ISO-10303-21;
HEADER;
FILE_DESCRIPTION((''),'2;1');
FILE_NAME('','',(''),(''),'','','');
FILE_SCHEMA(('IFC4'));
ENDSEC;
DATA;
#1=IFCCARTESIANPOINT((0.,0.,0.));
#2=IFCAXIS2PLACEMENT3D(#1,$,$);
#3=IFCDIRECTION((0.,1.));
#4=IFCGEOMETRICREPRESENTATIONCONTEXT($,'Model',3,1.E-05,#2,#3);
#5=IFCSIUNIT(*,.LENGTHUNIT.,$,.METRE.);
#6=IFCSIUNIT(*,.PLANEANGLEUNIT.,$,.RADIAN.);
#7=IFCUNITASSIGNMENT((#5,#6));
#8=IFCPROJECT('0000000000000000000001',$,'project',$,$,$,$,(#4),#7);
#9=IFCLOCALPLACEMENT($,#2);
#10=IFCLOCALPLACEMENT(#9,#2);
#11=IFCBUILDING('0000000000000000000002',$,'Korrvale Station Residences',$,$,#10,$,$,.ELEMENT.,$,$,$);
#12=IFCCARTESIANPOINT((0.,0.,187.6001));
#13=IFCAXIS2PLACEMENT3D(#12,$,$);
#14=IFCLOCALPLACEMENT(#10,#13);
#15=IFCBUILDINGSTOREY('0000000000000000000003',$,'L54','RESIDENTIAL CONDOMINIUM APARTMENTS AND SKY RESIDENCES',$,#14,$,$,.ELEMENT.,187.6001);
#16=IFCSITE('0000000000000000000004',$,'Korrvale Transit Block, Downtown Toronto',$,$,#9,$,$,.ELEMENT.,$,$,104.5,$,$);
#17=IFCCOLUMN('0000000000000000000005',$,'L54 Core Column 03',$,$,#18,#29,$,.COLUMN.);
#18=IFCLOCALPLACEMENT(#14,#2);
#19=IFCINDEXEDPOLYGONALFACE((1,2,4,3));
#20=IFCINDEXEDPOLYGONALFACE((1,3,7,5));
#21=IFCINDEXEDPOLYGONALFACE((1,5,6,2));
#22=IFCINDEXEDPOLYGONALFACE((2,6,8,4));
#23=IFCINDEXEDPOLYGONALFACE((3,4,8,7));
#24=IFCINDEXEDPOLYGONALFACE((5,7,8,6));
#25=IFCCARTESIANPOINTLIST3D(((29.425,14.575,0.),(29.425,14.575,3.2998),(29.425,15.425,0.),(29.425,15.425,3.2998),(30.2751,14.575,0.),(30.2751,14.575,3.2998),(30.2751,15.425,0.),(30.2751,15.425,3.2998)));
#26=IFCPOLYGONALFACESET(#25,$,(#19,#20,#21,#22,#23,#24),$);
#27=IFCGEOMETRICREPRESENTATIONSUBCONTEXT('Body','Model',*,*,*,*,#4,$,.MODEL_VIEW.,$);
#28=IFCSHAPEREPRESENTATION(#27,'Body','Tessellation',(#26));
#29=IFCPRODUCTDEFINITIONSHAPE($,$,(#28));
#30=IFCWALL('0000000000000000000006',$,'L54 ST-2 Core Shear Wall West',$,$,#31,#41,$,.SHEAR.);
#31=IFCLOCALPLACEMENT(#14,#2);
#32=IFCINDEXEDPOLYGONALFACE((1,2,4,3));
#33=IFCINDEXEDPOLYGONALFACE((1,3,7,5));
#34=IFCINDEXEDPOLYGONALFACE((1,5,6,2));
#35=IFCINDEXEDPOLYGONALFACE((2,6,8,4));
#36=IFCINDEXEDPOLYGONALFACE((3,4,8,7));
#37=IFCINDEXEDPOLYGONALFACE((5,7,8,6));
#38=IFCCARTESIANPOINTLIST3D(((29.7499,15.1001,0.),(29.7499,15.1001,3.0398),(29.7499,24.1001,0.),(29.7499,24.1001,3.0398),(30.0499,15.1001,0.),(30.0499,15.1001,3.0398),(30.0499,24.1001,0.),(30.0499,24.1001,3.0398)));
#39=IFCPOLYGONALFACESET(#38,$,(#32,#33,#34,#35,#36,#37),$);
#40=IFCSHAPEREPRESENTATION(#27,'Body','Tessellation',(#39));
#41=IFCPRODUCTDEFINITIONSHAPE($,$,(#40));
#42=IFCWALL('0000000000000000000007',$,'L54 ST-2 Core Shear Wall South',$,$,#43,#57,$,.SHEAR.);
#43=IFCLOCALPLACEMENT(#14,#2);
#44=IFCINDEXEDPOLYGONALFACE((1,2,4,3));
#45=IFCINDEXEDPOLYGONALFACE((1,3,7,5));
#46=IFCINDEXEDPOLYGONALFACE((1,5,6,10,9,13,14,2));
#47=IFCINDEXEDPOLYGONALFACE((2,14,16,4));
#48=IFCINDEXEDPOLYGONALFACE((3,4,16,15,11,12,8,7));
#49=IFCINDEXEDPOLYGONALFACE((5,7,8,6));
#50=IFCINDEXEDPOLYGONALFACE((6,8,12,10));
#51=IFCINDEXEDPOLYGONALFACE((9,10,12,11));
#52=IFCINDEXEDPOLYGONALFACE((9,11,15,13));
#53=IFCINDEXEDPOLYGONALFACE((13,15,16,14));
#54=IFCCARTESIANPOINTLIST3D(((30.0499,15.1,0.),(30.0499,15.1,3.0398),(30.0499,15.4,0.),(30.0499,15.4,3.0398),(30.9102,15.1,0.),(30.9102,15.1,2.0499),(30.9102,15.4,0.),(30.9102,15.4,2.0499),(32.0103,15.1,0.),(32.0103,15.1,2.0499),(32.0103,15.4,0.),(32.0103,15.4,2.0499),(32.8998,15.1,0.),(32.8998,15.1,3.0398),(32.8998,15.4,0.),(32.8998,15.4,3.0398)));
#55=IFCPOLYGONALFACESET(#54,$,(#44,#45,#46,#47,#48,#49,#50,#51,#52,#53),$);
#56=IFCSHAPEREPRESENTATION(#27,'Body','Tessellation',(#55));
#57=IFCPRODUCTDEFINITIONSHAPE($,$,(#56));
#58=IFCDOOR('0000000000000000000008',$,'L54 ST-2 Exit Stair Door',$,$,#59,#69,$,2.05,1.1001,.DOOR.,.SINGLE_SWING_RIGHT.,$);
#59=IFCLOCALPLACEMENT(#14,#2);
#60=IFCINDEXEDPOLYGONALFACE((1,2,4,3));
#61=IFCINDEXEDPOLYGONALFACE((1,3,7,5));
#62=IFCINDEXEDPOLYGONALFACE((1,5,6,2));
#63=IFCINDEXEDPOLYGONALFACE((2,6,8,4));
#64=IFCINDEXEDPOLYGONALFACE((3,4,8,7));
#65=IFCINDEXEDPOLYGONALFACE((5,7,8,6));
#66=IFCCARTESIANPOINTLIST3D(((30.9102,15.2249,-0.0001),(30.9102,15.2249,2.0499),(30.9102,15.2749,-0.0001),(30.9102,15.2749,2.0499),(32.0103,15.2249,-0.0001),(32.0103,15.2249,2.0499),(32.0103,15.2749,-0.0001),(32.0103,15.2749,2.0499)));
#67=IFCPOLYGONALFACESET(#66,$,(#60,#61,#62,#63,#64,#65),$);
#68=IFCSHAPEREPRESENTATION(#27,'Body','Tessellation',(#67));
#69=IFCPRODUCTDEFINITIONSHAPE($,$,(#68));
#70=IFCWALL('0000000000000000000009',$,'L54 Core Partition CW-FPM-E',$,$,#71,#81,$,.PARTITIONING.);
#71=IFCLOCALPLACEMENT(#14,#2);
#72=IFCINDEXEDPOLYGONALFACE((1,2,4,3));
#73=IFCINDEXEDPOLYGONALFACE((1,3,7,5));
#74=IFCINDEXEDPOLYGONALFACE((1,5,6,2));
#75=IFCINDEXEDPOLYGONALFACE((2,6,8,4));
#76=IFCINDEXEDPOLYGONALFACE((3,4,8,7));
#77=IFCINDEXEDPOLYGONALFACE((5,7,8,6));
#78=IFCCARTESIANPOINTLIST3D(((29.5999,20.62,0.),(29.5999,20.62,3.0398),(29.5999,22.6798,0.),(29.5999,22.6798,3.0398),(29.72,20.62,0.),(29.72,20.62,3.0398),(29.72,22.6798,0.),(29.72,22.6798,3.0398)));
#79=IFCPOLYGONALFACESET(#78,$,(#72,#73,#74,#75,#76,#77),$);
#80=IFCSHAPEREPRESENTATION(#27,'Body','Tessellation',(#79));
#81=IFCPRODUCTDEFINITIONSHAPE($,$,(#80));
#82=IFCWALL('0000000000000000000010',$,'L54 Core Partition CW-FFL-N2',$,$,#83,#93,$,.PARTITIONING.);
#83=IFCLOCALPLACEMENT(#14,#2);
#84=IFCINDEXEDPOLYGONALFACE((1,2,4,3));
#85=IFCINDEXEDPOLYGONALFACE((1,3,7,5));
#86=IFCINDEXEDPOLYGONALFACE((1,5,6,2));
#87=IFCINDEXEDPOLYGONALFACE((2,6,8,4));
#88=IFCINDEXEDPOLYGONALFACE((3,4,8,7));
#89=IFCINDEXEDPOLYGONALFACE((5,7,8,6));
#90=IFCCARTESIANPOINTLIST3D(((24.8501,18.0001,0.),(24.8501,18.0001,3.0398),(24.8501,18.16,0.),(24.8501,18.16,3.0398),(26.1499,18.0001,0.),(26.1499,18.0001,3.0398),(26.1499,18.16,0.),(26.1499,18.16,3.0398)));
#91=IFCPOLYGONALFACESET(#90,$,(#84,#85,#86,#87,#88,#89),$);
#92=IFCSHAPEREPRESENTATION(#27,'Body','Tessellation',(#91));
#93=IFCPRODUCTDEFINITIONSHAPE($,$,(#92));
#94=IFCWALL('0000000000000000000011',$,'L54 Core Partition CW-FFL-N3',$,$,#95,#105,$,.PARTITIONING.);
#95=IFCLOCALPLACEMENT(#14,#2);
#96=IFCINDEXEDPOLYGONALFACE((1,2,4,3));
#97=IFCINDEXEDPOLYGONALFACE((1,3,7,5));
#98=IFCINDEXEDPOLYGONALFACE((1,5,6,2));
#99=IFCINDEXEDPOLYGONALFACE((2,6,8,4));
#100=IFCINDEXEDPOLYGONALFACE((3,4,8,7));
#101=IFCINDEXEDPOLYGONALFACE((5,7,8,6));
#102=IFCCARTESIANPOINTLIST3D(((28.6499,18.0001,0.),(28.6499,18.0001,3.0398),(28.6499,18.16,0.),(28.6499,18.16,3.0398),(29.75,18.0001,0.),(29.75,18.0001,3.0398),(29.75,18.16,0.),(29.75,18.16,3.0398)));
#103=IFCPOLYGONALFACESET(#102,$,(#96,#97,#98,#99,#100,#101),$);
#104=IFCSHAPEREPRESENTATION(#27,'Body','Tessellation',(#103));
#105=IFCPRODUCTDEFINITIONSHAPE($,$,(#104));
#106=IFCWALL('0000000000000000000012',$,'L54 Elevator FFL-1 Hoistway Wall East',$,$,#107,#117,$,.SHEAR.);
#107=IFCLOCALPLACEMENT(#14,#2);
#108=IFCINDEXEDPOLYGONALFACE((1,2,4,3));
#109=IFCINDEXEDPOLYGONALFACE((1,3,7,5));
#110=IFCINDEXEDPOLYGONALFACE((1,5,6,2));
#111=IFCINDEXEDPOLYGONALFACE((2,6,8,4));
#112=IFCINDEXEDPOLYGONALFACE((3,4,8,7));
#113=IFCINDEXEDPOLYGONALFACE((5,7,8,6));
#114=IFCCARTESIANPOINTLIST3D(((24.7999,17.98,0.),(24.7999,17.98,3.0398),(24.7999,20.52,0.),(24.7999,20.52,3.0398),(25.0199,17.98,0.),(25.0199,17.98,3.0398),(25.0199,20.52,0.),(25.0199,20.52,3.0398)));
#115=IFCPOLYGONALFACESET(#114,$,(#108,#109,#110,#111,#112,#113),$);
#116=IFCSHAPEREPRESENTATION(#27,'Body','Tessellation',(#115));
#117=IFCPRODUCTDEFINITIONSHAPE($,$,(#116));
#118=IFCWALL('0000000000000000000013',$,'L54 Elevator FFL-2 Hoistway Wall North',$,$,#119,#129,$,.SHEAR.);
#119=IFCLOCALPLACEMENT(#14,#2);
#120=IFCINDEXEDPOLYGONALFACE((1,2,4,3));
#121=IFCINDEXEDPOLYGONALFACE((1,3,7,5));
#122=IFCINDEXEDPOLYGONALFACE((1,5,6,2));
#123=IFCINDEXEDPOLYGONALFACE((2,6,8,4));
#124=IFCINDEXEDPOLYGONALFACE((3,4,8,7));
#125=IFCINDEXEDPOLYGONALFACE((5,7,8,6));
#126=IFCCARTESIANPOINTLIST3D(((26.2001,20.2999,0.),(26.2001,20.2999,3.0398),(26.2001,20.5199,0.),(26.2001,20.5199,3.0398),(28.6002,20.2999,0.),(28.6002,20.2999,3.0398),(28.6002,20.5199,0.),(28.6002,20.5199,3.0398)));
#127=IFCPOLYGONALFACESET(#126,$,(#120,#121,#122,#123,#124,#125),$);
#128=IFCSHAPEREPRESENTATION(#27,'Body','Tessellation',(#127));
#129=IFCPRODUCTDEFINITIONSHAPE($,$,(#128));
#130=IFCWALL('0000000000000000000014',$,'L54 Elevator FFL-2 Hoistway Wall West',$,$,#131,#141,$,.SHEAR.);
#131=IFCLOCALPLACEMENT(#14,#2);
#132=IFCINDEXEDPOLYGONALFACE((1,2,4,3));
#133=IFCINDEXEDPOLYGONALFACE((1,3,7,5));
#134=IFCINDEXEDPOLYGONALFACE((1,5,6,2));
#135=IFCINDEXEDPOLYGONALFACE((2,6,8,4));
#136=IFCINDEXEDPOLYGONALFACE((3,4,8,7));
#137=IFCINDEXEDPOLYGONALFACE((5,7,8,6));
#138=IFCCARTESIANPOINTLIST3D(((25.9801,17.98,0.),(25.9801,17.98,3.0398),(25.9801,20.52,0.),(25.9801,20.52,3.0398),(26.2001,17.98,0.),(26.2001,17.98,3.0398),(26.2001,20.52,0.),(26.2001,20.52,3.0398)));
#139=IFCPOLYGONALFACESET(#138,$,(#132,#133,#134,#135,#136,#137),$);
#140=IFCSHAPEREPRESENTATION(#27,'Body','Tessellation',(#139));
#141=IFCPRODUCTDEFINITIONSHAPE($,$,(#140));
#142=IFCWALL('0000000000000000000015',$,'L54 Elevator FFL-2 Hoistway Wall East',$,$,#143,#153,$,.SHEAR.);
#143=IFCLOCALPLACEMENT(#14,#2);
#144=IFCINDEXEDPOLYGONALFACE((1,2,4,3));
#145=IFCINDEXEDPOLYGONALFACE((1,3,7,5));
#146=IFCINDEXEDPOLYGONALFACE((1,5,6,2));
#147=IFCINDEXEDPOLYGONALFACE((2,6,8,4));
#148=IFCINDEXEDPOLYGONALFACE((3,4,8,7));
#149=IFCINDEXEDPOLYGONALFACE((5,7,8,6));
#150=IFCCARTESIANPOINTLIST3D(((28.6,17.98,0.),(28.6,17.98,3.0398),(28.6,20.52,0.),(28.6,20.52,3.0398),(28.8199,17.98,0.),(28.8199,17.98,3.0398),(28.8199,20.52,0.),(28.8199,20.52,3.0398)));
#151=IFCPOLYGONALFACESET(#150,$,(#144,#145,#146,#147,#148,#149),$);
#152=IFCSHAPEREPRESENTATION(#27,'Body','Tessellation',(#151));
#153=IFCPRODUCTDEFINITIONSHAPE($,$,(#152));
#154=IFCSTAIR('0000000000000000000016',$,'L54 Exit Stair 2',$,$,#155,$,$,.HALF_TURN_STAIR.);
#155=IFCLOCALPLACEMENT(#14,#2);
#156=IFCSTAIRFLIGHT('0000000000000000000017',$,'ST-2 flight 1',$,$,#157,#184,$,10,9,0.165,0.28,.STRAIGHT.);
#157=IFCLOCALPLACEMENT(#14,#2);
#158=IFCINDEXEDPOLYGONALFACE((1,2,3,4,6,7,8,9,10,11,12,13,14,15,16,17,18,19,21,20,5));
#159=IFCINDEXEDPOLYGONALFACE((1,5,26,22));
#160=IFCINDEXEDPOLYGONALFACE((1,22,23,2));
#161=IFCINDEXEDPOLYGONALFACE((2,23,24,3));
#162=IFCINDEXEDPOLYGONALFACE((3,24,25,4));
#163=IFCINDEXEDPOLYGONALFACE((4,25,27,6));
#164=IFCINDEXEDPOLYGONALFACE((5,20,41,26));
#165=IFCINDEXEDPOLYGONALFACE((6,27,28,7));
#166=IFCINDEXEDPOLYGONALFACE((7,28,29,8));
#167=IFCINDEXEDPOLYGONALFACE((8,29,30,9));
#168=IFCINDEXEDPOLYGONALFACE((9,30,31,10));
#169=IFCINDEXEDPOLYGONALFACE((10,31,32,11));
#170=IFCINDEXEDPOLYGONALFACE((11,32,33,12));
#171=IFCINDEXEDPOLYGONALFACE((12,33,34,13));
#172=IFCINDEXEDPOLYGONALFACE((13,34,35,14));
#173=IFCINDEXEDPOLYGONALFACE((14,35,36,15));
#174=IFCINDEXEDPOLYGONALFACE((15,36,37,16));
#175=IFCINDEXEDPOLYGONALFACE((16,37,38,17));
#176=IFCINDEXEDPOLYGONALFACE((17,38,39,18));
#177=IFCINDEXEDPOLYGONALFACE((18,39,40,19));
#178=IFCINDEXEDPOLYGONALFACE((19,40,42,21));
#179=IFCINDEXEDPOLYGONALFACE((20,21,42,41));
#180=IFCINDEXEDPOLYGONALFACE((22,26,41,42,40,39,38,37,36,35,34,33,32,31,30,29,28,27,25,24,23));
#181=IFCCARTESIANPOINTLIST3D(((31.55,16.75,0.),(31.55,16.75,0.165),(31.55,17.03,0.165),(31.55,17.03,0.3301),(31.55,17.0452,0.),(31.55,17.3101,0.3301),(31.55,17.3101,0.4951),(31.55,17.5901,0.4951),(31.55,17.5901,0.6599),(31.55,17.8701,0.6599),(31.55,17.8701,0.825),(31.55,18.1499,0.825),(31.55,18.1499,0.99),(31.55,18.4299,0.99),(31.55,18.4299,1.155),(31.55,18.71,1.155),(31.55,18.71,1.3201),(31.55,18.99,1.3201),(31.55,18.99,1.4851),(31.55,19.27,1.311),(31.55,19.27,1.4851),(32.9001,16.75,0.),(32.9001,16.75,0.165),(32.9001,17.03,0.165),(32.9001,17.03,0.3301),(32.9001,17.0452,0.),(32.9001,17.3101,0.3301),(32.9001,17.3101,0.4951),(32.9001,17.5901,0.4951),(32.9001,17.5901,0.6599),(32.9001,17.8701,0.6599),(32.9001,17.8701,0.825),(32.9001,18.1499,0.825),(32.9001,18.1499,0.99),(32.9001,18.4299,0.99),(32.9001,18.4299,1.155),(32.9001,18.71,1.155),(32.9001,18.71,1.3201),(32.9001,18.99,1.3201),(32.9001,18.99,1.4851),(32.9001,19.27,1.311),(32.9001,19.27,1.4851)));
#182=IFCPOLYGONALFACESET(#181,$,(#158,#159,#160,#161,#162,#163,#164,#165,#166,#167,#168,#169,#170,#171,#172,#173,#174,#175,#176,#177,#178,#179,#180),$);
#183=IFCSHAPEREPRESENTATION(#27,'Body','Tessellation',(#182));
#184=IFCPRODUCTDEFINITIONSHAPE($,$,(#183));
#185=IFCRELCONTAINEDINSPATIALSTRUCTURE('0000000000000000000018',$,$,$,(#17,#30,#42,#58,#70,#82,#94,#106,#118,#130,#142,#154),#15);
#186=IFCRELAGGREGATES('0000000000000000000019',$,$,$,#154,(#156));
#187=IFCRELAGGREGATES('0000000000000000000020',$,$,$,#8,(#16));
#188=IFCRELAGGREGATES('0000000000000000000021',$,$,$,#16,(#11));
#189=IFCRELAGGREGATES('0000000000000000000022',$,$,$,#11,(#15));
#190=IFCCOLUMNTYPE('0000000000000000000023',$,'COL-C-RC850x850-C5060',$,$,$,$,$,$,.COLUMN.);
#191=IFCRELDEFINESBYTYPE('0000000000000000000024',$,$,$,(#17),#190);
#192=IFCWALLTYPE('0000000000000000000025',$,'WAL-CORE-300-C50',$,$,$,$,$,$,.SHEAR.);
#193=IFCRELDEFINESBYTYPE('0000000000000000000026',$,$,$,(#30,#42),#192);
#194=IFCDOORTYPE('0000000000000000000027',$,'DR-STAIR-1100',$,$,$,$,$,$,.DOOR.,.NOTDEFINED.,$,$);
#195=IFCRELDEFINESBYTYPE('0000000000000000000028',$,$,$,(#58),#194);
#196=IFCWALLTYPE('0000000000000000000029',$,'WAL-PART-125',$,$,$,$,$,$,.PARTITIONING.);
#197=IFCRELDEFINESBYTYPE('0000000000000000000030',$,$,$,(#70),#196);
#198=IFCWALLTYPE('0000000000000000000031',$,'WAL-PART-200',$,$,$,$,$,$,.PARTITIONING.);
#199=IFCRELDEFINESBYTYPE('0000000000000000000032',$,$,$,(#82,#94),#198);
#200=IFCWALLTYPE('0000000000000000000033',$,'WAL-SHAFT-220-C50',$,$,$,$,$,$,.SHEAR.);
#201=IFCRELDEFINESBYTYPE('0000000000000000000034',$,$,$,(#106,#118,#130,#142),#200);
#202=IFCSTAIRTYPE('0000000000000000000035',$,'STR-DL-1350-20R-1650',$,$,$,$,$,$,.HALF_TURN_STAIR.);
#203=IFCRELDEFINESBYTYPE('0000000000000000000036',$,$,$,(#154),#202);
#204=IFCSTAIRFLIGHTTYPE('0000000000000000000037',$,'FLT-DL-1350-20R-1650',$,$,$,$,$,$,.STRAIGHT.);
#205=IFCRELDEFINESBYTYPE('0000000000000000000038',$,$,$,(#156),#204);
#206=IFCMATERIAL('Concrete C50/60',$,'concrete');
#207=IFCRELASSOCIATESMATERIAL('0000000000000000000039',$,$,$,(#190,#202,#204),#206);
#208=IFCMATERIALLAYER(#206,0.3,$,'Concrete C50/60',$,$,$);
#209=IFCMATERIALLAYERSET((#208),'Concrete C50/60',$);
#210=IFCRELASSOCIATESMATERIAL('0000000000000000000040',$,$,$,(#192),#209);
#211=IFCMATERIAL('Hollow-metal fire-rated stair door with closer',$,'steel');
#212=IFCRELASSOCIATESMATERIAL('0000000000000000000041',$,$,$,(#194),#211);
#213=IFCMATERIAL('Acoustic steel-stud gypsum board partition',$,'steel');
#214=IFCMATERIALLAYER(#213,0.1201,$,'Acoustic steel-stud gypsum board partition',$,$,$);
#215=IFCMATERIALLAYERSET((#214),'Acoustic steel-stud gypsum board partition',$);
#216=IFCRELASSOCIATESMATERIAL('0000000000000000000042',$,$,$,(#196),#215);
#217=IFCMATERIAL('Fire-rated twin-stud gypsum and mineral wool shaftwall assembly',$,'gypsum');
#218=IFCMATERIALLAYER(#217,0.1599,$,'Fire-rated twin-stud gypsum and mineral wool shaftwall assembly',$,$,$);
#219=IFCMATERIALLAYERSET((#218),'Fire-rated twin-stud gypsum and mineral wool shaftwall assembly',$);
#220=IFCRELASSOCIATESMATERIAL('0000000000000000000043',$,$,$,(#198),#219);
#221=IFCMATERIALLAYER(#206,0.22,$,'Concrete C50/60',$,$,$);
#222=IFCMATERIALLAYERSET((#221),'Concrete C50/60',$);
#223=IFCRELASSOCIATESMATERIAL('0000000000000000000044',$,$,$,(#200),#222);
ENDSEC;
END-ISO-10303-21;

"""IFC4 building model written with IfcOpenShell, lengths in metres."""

from ifc_helpers import new_model, si_unit, direction, frame, frame_2d, origin, origin_2d, place, context, subcontext, project, spatial, polyline, rectangle, outline, extrude, material, layer, layer_set, material_profile, profile_set, type_object, element, fill, aggregate, save


model = new_model("IFC4")

# Units and contexts
model_context = context("Model", 3, precision=1e-05, world=origin(), true_north=direction((0.0, 1.0)))
body_context = subcontext(model_context, "Body", "Model", "MODEL_VIEW")
ifc_project = project(units=[si_unit("LENGTHUNIT", "METRE"), si_unit("PLANEANGLEUNIT", "RADIAN")], contexts=[model_context])

# Site, building, storey
site_placement = place(None, origin())
site = spatial("IfcSite", under=ifc_project, at=site_placement, Name="Korrvale Transit Block, Downtown Toronto", CompositionType="ELEMENT", RefElevation=104.5)
building_placement = place(site_placement, origin())
building = spatial("IfcBuilding", under=site, at=building_placement, Name="Korrvale Station Residences", CompositionType="ELEMENT")
storey_placement = place(building_placement, frame((0.0, 0.0, 187.6001)))
storey = spatial("IfcBuildingStorey", under=building, at=storey_placement, Name="L54", Description="RESIDENTIAL CONDOMINIUM APARTMENTS AND SKY RESIDENCES", CompositionType="ELEMENT", Elevation=187.6001)

# Column
ifc_material_1 = material(Name="Concrete C50/60", Category="concrete")
ifc_material_profile = material_profile(ifc_material_1, rectangle(XDim=0.8501, YDim=0.8501, at=origin_2d()), Name="RC850x850")
ifc_profile_set = profile_set([ifc_material_profile], Name="Concrete C50/60")
column_type = type_object("IfcColumnType", Name="COL-C-RC850x850-C5060", PredefinedType="COLUMN", material=ifc_profile_set)
column_placement = place(storey_placement, frame((29.8501, 15.0, 0.0), z_axis=(0.0, 0.0, 1.0), x_axis=(1.0, 0.0, 0.0)))
element("IfcColumn", 1, at=column_placement, inside=storey, type_object=column_type, Name="L54 Core Column 03", PredefinedType="COLUMN", context=body_context, shape_type="SweptSolid", body=[
    extrude(rectangle(XDim=0.8501, YDim=0.8501, at=origin_2d()), origin(), (0.0, 0.0, 1.0), 3.2998),
])

# Wall
ifc_layer_1 = layer(ifc_material_1, 0.3, Name="Concrete C50/60")
ifc_layer_set_1 = layer_set([ifc_layer_1], Name="Concrete C50/60")
wall_type_1 = type_object("IfcWallType", Name="WAL-CORE-300-C50", PredefinedType="SHEAR", material=ifc_layer_set_1)
wall_1_placement = place(storey_placement, frame((29.8999, 15.1001, 0.0), z_axis=(0.0, 0.0, 1.0), x_axis=(0.0, 1.0, 0.0)))
element("IfcWall", 2, at=wall_1_placement, inside=storey, type_object=wall_type_1, Name="L54 ST-2 Core Shear Wall West", PredefinedType="SHEAR", context=body_context, shape_type="SweptSolid", body=[
    extrude(rectangle(XDim=9.0, YDim=0.3, at=frame_2d((4.5, 0.0))), origin(), (0.0, 0.0, 1.0), 3.0398),
])

# Wall, opening, door
wall_2_placement = place(storey_placement, frame((30.05, 15.25, 0.0), z_axis=(0.0, 0.0, 1.0), x_axis=(1.0, 0.0, 0.0)))
wall_2 = element("IfcWall", 3, at=wall_2_placement, inside=storey, type_object=wall_type_1, Name="L54 ST-2 Core Shear Wall South", PredefinedType="SHEAR", context=body_context, shape_type="SweptSolid", body=[
    extrude(rectangle(XDim=2.8499, YDim=0.3, at=frame_2d((1.4248, 0.0))), origin(), (0.0, 0.0, 1.0), 3.0398),
])
opening_1_placement = place(wall_2_placement, frame((0.8601, 0.0, 0.0)))
opening_1 = element("IfcOpeningElement", 4, at=opening_1_placement, cuts=wall_2, PredefinedType="OPENING", context=body_context, shape_type="SweptSolid", body=[
    extrude(rectangle(XDim=1.1001, YDim=2.05, at=frame_2d((0.55, 1.0249))), frame((0.0, 0.1602, 0.0), z_axis=(0.0, -1.0, 0.0), x_axis=(1.0, 0.0, 0.0)), (0.0, 0.0, 1.0), 0.3201),
])
ifc_material_2 = material(Name="Hollow-metal fire-rated stair door with closer", Category="steel")
door_type_1 = type_object("IfcDoorType", Name="DR-STAIR-1100", OperationType="NOTDEFINED", PredefinedType="DOOR", material=ifc_material_2)
door_1_placement = place(opening_1_placement, origin())
door_1 = element("IfcDoor", 5, at=door_1_placement, inside=storey, type_object=door_type_1, Name="L54 ST-2 Exit Stair Door", OperationType="SINGLE_SWING_RIGHT", OverallHeight=2.05, OverallWidth=1.1001, PredefinedType="DOOR", context=body_context, shape_type="SweptSolid", body=[
    extrude(rectangle(XDim=1.1001, YDim=2.05, at=frame_2d((0.55, 1.0249))), frame((0.0, 0.0249, 0.0), z_axis=(0.0, -1.0, 0.0), x_axis=(1.0, 0.0, 0.0)), (0.0, 0.0, 1.0), 0.05),
])
fill(opening_1, door_1)

# Walls
ifc_material_3 = material(Name="Acoustic steel-stud gypsum board partition", Category="steel")
ifc_layer_2 = layer(ifc_material_3, 0.1201, Name="Acoustic steel-stud gypsum board partition")
ifc_layer_set_2 = layer_set([ifc_layer_2], Name="Acoustic steel-stud gypsum board partition")
wall_type_2 = type_object("IfcWallType", Name="WAL-PART-125", PredefinedType="PARTITIONING", material=ifc_layer_set_2)
wall_3_placement = place(storey_placement, frame((29.6599, 20.6201, 0.0), z_axis=(0.0, 0.0, 1.0), x_axis=(0.0, 1.0, 0.0)))
element("IfcWall", 6, at=wall_3_placement, inside=storey, type_object=wall_type_2, Name="L54 Core Partition CW-FPM-E", PredefinedType="PARTITIONING", context=body_context, shape_type="SweptSolid", body=[
    extrude(rectangle(XDim=2.0598, YDim=0.1201, at=frame_2d((1.0298, 0.0))), origin(), (0.0, 0.0, 1.0), 3.0398),
])
ifc_material_4 = material(Name="Fire-rated twin-stud gypsum and mineral wool shaftwall assembly", Category="gypsum")
ifc_layer_3 = layer(ifc_material_4, 0.1599, Name="Fire-rated twin-stud gypsum and mineral wool shaftwall assembly")
ifc_layer_set_3 = layer_set([ifc_layer_3], Name="Fire-rated twin-stud gypsum and mineral wool shaftwall assembly")
wall_type_3 = type_object("IfcWallType", Name="WAL-PART-200", PredefinedType="PARTITIONING", material=ifc_layer_set_3)
wall_4_placement = place(storey_placement, frame((24.8501, 18.0801, 0.0), z_axis=(0.0, 0.0, 1.0), x_axis=(1.0, 0.0, 0.0)))
element("IfcWall", 7, at=wall_4_placement, inside=storey, type_object=wall_type_3, Name="L54 Core Partition CW-FFL-N2", PredefinedType="PARTITIONING", context=body_context, shape_type="SweptSolid", body=[
    extrude(rectangle(XDim=1.2998, YDim=0.1599, at=frame_2d((0.6499, 0.0))), origin(), (0.0, 0.0, 1.0), 3.0398),
])
wall_5_placement = place(storey_placement, frame((28.6499, 18.0801, 0.0), z_axis=(0.0, 0.0, 1.0), x_axis=(1.0, 0.0, 0.0)))
element("IfcWall", 8, at=wall_5_placement, inside=storey, type_object=wall_type_3, Name="L54 Core Partition CW-FFL-N3", PredefinedType="PARTITIONING", context=body_context, shape_type="SweptSolid", body=[
    extrude(rectangle(XDim=1.1001, YDim=0.1599, at=frame_2d((0.55, 0.0))), origin(), (0.0, 0.0, 1.0), 3.0398),
])
ifc_layer_4 = layer(ifc_material_1, 0.22, Name="Concrete C50/60")
ifc_layer_set_4 = layer_set([ifc_layer_4], Name="Concrete C50/60")
wall_type_4 = type_object("IfcWallType", Name="WAL-SHAFT-220-C50", PredefinedType="SHEAR", material=ifc_layer_set_4)
wall_6_placement = place(storey_placement, frame((24.9099, 17.98, 0.0), z_axis=(0.0, 0.0, 1.0), x_axis=(0.0, 1.0, 0.0)))
element("IfcWall", 9, at=wall_6_placement, inside=storey, type_object=wall_type_4, Name="L54 Elevator FFL-1 Hoistway Wall East", PredefinedType="SHEAR", context=body_context, shape_type="SweptSolid", body=[
    extrude(rectangle(XDim=2.54, YDim=0.22, at=frame_2d((1.27, 0.0))), origin(), (0.0, 0.0, 1.0), 3.0398),
])

# Walls
wall_7_placement = place(storey_placement, frame((26.2, 20.4099, 0.0), z_axis=(0.0, 0.0, 1.0), x_axis=(1.0, 0.0, 0.0)))
element("IfcWall", 10, at=wall_7_placement, inside=storey, type_object=wall_type_4, Name="L54 Elevator FFL-2 Hoistway Wall North", PredefinedType="SHEAR", context=body_context, shape_type="SweptSolid", body=[
    extrude(rectangle(XDim=2.4001, YDim=0.22, at=frame_2d((1.2002, 0.0))), origin(), (0.0, 0.0, 1.0), 3.0398),
])
for number, where, z_axis, x_axis, name in (
    (11, (26.0901, 17.98, 0.0), (0.0, 0.0, 1.0), (0.0, 1.0, 0.0), "L54 Elevator FFL-2 Hoistway Wall West"),
    (12, (28.71, 17.98, 0.0), (0.0, 0.0, 1.0), (0.0, 1.0, 0.0), "L54 Elevator FFL-2 Hoistway Wall East"),
):
    element("IfcWall", number, at=place(storey_placement, frame(where, z_axis=z_axis, x_axis=x_axis)), inside=storey, type_object=wall_type_4, Name=name, PredefinedType="SHEAR", context=body_context, shape_type="SweptSolid", body=[
        extrude(rectangle(XDim=2.54, YDim=0.22, at=frame_2d((1.27, 0.0))), origin(), (0.0, 0.0, 1.0), 3.0398),
    ])

# Stair, stair flight
stair_type = type_object("IfcStairType", Name="STR-DL-1350-20R-1650", PredefinedType="HALF_TURN_STAIR", material=ifc_material_1)
stair_placement = place(storey_placement, origin())
stair = element("IfcStair", 13, at=stair_placement, inside=storey, type_object=stair_type, Name="L54 Exit Stair 2", PredefinedType="HALF_TURN_STAIR")
stair_flight_type = type_object("IfcStairFlightType", Name="FLT-DL-1350-20R-1650", PredefinedType="STRAIGHT", material=ifc_material_1)
stair_flight_1_placement = place(storey_placement, frame((32.2251, 16.75, 0.0), z_axis=(0.0, 0.0, 1.0), x_axis=(0.0, 1.0, 0.0)))
stair_flight_1 = element("IfcStairFlight", 14, at=stair_flight_1_placement, type_object=stair_flight_type, Name="ST-2 flight 1", NumberOfRisers=10, NumberOfTreads=9, PredefinedType="STRAIGHT", RiserHeight=0.165, TreadLength=0.28, context=body_context, shape_type="SweptSolid", body=[
    extrude(outline(polyline([(0.0, 0.0), (0.0, 0.165), (0.28, 0.165), (0.28, 0.3301), (0.5601, 0.3301), (0.5601, 0.4951), (0.8401, 0.4951), (0.8401, 0.6599), (1.1201, 0.6599), (1.1201, 0.825), (1.3999, 0.825), (1.3999, 0.99), (1.6799, 0.99), (1.6799, 1.155), (1.96, 1.155), (1.96, 1.3201), (2.24, 1.3201), (2.24, 1.4851), (2.52, 1.4851), (2.52, 1.6499), (2.52, 1.311), (0.2952, 0.0), (0.0, 0.0)])), frame((0.0, 0.675, 0.0), z_axis=(0.0, -1.0, 0.0), x_axis=(1.0, 0.0, 0.0)), (0.0, 0.0, 1.0), 1.3501),
])
aggregate(stair, [stair_flight_1])

save(model, "model.ifc")
